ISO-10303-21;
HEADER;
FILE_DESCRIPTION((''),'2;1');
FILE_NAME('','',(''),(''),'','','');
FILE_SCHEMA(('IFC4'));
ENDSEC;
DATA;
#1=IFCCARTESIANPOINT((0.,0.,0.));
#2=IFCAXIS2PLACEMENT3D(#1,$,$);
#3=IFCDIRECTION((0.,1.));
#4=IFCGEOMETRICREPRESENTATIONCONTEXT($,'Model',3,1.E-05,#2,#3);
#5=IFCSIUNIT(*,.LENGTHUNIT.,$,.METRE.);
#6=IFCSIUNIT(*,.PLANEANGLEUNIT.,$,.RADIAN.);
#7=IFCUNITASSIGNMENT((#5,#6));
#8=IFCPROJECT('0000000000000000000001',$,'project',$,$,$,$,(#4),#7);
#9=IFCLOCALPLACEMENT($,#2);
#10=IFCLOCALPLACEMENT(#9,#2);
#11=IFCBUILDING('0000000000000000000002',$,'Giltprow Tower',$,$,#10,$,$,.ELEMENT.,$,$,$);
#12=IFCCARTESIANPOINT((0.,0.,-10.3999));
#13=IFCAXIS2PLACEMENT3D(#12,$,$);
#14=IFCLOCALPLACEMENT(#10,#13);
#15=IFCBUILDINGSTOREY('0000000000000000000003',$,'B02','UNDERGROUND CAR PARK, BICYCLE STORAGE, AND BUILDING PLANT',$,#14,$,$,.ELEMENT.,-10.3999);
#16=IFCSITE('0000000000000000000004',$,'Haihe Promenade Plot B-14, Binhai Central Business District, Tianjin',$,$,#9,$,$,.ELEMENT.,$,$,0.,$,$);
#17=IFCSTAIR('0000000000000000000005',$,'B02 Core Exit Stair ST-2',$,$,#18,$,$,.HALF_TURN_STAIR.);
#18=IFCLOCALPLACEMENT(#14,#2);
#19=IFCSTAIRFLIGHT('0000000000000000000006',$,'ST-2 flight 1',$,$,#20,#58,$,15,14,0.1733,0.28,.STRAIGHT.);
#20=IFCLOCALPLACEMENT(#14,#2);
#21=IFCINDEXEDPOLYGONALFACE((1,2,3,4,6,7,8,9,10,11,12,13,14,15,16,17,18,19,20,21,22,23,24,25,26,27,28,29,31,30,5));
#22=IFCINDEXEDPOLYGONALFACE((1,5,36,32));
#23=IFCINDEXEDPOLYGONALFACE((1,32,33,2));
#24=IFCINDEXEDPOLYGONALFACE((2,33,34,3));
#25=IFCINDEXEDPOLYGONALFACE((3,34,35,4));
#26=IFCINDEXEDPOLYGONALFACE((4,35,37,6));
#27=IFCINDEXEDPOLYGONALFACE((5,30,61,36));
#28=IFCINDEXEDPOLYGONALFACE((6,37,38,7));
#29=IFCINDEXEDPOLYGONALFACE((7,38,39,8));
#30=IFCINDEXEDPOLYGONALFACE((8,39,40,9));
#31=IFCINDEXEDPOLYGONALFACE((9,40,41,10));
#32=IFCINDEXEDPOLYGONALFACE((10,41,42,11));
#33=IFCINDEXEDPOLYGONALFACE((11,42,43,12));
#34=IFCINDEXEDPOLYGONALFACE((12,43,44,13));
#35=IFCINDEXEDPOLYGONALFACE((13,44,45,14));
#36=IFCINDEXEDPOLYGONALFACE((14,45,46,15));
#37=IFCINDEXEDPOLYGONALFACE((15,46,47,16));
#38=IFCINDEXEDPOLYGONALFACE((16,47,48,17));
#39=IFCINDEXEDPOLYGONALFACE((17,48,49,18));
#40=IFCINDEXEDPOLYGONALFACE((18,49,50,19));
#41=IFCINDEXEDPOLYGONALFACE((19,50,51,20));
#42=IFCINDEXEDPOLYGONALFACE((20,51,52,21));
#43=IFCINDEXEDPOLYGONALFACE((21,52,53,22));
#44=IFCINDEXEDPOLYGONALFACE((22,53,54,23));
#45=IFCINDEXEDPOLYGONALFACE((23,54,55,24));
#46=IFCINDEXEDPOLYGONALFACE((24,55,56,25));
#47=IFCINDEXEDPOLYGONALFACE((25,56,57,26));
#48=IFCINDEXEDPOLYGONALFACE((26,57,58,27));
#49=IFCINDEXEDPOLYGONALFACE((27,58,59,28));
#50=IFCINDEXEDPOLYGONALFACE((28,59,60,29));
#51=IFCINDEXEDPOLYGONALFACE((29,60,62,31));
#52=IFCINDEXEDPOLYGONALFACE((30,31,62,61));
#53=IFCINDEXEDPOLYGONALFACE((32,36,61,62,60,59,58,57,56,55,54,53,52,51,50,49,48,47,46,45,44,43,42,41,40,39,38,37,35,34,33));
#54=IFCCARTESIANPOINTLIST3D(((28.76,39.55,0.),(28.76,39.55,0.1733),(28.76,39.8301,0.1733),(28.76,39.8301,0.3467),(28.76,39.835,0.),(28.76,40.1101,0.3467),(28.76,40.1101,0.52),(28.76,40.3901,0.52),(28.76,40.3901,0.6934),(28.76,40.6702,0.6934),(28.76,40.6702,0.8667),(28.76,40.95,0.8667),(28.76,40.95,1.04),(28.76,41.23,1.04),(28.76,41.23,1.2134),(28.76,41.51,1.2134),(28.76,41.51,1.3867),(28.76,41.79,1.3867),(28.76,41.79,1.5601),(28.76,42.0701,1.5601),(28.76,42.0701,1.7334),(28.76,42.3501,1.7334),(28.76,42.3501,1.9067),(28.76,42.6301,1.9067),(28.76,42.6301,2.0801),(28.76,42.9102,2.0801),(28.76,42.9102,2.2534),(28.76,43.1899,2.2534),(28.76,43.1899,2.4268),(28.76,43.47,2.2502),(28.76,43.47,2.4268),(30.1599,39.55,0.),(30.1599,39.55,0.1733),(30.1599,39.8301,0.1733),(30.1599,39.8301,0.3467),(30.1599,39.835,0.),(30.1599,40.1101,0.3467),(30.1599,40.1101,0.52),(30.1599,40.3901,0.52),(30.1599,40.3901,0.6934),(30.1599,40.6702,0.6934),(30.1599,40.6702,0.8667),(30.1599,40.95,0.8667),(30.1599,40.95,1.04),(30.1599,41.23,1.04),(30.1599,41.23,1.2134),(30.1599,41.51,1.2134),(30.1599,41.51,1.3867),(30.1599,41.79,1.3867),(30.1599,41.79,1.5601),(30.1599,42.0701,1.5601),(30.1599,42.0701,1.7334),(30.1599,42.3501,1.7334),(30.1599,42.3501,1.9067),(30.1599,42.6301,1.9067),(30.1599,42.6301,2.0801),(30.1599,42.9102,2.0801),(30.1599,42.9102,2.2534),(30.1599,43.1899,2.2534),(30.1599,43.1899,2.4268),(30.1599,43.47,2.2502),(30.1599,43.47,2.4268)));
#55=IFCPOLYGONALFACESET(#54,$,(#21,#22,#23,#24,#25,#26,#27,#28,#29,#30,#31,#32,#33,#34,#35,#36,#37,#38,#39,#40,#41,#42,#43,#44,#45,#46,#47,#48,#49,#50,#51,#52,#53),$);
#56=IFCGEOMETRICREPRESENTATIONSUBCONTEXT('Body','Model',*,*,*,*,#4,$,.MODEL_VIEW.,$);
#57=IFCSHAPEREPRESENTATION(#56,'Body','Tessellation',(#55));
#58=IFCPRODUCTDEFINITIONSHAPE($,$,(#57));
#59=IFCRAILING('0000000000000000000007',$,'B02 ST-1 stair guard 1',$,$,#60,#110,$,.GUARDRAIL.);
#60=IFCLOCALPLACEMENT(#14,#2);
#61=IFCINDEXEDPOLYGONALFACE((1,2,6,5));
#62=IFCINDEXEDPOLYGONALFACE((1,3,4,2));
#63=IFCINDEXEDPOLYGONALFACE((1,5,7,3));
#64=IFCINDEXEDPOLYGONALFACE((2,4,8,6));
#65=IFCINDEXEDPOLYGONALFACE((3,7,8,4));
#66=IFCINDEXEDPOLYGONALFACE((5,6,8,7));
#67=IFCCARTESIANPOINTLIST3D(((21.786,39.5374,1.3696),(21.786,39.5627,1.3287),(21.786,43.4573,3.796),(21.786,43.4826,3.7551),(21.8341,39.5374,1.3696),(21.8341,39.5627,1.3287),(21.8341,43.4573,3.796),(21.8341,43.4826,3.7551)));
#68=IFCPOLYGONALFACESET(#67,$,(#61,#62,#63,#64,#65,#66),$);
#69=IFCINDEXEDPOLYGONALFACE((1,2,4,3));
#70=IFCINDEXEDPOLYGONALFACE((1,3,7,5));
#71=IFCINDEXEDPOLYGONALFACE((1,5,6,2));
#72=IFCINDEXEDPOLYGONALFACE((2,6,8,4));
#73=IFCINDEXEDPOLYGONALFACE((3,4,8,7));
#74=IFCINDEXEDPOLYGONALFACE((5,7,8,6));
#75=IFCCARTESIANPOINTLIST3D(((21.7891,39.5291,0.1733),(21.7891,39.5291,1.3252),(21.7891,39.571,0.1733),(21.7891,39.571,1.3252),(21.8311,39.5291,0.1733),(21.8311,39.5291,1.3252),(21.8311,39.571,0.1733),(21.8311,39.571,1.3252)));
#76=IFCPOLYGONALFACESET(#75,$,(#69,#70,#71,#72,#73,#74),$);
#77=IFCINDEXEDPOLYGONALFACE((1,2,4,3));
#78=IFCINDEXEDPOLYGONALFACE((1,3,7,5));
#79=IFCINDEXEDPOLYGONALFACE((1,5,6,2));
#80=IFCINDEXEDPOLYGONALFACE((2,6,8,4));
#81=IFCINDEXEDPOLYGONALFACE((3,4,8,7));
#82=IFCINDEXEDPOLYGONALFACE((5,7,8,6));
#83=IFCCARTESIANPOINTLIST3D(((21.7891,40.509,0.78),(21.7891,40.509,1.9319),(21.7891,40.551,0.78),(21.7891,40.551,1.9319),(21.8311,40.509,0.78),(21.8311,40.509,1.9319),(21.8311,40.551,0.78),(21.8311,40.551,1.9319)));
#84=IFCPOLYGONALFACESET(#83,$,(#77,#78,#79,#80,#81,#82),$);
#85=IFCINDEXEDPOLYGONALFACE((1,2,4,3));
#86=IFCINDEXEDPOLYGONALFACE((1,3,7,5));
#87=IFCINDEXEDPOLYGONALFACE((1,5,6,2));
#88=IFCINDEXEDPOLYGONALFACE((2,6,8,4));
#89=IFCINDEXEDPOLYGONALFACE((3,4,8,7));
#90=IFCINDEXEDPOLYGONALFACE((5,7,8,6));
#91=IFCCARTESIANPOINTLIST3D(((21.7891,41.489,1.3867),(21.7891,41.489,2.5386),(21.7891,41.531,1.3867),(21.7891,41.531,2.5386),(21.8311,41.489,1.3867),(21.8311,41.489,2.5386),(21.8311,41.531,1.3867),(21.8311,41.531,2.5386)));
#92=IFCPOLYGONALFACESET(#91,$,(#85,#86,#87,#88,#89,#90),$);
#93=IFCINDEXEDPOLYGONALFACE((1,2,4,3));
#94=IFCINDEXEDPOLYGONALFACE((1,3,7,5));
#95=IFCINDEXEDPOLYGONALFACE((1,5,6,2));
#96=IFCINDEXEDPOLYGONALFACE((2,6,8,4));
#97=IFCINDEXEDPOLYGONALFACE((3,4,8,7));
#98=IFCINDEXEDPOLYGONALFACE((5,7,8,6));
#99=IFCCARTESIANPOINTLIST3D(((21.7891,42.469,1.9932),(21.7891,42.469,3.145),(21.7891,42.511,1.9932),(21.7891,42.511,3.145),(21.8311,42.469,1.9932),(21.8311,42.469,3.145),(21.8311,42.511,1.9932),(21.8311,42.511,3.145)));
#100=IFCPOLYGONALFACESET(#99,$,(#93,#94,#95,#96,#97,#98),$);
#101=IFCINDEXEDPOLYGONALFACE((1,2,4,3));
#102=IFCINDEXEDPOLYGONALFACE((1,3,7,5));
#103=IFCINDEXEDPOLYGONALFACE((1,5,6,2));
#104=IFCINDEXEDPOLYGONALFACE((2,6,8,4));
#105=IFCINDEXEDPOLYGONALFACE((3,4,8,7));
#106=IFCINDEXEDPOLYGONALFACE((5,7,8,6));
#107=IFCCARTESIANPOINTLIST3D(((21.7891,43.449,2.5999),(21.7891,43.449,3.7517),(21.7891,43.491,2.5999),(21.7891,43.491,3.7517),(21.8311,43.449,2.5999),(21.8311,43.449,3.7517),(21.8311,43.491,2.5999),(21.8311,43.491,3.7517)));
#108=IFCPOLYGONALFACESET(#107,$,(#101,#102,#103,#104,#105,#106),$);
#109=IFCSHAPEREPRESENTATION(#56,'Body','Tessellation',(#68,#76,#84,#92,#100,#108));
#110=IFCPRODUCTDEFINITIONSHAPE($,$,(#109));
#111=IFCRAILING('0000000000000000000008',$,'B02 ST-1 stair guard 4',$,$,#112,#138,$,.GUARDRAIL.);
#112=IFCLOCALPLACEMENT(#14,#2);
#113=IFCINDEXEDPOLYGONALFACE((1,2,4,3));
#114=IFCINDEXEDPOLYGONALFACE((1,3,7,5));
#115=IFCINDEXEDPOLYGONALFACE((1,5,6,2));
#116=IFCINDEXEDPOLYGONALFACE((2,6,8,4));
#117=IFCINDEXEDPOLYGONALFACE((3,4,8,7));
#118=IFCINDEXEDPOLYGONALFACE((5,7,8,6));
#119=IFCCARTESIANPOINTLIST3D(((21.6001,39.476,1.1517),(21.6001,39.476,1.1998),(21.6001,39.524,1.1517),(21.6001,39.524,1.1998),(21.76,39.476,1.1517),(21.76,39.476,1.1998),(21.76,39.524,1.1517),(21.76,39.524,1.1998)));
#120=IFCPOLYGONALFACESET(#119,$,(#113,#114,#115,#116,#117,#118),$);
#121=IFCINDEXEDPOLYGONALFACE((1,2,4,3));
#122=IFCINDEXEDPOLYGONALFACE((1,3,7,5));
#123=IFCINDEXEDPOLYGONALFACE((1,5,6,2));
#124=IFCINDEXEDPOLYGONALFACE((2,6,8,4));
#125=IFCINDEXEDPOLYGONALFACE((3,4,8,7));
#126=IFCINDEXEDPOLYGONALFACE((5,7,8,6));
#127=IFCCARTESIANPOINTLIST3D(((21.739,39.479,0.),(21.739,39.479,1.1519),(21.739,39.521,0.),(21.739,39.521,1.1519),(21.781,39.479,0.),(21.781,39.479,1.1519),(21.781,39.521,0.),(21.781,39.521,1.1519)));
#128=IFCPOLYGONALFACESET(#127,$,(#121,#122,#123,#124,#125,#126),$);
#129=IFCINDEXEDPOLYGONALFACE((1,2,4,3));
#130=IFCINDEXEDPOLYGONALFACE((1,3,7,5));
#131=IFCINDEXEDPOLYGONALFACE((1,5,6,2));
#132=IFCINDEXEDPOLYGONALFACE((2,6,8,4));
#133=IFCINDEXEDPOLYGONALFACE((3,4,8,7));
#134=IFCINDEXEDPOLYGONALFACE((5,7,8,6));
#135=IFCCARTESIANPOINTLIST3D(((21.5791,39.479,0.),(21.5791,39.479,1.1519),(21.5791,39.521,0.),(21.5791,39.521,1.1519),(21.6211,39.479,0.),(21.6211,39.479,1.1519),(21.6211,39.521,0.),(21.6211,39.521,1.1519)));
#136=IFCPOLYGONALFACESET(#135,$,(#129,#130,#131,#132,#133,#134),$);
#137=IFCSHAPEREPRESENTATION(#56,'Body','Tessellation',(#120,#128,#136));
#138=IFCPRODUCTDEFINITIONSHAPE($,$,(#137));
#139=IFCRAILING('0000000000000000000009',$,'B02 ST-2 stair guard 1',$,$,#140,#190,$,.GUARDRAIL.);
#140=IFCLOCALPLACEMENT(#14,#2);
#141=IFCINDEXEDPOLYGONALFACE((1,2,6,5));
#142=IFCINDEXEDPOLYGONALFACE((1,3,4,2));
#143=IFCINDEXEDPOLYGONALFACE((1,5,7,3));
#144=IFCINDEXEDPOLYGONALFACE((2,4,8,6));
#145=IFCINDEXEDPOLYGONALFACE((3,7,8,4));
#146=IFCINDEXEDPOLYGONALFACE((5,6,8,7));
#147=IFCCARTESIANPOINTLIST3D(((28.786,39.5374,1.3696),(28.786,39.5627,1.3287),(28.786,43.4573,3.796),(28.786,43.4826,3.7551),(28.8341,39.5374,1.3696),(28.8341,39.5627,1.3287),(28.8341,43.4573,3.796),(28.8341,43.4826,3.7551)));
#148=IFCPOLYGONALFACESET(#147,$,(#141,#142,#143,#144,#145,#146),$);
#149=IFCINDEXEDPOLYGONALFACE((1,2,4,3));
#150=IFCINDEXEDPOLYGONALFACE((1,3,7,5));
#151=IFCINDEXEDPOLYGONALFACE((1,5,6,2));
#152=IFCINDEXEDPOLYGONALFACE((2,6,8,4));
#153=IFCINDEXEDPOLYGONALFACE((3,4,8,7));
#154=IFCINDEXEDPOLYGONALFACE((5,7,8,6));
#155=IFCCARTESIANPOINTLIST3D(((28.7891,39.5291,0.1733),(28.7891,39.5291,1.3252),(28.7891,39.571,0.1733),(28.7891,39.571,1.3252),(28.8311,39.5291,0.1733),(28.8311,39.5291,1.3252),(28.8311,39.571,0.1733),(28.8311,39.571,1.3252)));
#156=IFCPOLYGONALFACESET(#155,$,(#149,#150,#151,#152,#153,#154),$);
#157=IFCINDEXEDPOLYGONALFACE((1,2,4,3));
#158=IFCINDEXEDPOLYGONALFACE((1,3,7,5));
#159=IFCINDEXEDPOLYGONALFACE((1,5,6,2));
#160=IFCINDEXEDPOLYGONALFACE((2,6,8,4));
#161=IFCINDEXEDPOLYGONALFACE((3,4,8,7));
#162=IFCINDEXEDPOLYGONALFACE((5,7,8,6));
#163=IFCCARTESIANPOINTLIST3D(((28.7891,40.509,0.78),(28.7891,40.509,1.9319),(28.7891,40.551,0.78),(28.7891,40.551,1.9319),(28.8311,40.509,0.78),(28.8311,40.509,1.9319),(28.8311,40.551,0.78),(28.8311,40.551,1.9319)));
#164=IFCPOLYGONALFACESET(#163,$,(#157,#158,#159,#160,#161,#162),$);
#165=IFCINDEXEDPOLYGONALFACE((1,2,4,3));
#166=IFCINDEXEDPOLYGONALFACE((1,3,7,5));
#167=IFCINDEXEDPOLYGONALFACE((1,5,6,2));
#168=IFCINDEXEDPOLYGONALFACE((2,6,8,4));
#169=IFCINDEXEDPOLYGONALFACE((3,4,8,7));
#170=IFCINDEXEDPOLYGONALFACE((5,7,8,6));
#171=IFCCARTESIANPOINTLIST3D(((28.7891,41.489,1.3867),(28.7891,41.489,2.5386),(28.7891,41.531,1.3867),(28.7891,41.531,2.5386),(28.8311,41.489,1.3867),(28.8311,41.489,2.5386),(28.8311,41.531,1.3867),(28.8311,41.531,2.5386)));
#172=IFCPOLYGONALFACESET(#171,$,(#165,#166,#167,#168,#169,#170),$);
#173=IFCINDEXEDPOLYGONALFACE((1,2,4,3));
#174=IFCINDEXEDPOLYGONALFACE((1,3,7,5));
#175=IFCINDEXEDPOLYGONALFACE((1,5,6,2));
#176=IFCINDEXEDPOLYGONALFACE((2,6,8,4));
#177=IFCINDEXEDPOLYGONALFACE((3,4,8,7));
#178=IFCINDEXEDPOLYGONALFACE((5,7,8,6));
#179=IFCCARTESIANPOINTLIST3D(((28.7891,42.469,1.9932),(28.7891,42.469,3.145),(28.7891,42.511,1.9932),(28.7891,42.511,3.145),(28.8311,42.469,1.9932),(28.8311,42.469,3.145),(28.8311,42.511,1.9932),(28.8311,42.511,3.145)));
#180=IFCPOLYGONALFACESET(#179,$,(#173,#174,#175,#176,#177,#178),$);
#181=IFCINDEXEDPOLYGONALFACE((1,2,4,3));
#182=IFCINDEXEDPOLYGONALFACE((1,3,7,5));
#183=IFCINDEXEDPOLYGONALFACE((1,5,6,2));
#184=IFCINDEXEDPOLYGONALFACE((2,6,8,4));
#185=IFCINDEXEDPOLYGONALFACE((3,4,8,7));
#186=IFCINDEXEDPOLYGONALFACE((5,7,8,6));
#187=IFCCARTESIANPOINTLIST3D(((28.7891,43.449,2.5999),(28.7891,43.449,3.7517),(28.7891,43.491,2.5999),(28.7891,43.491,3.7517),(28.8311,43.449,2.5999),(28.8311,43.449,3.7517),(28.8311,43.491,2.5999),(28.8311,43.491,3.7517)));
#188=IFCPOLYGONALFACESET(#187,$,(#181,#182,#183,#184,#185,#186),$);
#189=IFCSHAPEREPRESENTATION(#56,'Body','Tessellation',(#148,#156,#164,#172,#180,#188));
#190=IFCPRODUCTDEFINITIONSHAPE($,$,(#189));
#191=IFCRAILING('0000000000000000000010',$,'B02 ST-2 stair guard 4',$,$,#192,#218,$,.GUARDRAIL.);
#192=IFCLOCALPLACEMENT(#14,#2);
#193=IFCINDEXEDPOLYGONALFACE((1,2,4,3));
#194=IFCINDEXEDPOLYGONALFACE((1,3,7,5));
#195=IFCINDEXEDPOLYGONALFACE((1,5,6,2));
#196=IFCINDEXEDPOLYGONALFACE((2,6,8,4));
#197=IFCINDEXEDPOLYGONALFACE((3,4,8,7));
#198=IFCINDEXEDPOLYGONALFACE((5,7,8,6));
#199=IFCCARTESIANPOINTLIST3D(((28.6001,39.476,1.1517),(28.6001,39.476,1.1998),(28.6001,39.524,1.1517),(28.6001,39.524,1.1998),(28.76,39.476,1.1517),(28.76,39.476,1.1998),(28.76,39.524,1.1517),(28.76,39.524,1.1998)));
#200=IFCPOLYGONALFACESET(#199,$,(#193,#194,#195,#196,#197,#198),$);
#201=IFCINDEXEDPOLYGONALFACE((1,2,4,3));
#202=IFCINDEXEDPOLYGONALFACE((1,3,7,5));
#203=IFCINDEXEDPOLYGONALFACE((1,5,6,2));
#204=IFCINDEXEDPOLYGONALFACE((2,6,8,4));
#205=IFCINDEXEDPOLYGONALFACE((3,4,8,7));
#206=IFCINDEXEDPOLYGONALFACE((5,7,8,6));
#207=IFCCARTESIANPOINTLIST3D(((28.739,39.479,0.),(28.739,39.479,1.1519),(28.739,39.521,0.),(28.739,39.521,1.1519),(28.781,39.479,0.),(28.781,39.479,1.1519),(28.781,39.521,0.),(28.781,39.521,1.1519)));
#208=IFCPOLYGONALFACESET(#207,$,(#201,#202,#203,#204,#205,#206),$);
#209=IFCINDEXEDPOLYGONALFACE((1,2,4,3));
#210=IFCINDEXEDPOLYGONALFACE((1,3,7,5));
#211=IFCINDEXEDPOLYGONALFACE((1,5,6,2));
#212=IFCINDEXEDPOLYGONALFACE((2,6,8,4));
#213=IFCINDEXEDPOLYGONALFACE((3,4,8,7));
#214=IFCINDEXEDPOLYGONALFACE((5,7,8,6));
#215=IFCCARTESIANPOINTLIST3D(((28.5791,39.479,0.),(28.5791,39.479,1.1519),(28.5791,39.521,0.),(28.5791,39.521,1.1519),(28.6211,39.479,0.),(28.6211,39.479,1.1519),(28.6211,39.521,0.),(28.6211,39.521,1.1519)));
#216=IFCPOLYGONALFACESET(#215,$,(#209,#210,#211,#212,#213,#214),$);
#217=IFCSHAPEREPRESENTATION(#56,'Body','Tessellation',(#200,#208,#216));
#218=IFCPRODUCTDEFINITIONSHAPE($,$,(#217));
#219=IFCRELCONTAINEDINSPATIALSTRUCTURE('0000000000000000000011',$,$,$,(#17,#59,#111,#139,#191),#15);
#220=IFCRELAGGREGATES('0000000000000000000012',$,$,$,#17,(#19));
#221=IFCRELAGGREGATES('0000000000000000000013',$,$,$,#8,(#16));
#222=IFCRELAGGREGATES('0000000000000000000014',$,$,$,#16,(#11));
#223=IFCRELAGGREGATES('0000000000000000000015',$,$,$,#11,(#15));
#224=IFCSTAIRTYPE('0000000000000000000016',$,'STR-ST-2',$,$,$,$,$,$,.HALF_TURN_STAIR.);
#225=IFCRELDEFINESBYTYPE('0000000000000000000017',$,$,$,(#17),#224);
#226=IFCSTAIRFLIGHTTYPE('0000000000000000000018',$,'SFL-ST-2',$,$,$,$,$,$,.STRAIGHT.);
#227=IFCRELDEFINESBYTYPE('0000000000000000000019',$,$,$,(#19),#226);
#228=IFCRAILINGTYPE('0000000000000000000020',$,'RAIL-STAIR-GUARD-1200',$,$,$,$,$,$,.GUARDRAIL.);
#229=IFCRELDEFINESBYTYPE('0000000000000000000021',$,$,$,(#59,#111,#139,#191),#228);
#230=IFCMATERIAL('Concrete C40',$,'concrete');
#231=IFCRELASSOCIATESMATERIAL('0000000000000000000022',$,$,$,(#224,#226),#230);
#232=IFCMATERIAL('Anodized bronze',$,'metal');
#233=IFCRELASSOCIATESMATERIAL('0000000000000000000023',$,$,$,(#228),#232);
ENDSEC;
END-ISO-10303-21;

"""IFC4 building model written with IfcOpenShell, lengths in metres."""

from ifc_helpers import new_model, si_unit, direction, frame, origin, origin_2d, place, context, subcontext, project, spatial, polyline, rectangle, outline, extrude, material, type_object, element, aggregate, save


model = new_model("IFC4")

# Units and contexts
model_context = context("Model", 3, precision=1e-05, world=origin(), true_north=direction((0.0, 1.0)))
body_context = subcontext(model_context, "Body", "Model", "MODEL_VIEW")
ifc_project = project(units=[si_unit("LENGTHUNIT", "METRE"), si_unit("PLANEANGLEUNIT", "RADIAN")], contexts=[model_context])

# Site, building, storey
site_placement = place(None, origin())
site = spatial("IfcSite", under=ifc_project, at=site_placement, Name="Haihe Promenade Plot B-14, Binhai Central Business District, Tianjin", CompositionType="ELEMENT", RefElevation=0.0)
building_placement = place(site_placement, origin())
building = spatial("IfcBuilding", under=site, at=building_placement, Name="Giltprow Tower", CompositionType="ELEMENT")
storey_placement = place(building_placement, frame((0.0, 0.0, -10.3999)))
storey = spatial("IfcBuildingStorey", under=building, at=storey_placement, Name="B02", Description="UNDERGROUND CAR PARK, BICYCLE STORAGE, AND BUILDING PLANT", CompositionType="ELEMENT", Elevation=-10.3999)

# Shared definitions
ifc_material_1 = material(Name="Concrete C40", Category="concrete")

# Stair, stair flight
stair_type_1 = type_object("IfcStairType", Name="STR-ST-2", PredefinedType="HALF_TURN_STAIR", material=ifc_material_1)
stair_1_placement = place(storey_placement, origin())
stair_1 = element("IfcStair", 1, at=stair_1_placement, inside=storey, type_object=stair_type_1, Name="B02 Core Exit Stair ST-2", PredefinedType="HALF_TURN_STAIR")
stair_flight_type_1 = type_object("IfcStairFlightType", Name="SFL-ST-2", PredefinedType="STRAIGHT", material=ifc_material_1)
stair_flight_1_placement = place(storey_placement, frame((29.46, 39.55, 0.0), z_axis=(0.0, 0.0, 1.0), x_axis=(0.0, 1.0, 0.0)))
stair_flight_1 = element("IfcStairFlight", 2, at=stair_flight_1_placement, type_object=stair_flight_type_1, Name="ST-2 flight 1", NumberOfRisers=15, NumberOfTreads=14, PredefinedType="STRAIGHT", RiserHeight=0.1733, TreadLength=0.28, context=body_context, shape_type="SweptSolid", body=[
    extrude(outline(polyline([(0.0, 0.0), (0.0, 0.1733), (0.28, 0.1733), (0.28, 0.3467), (0.5601, 0.3467), (0.5601, 0.52), (0.8401, 0.52), (0.8401, 0.6934), (1.1201, 0.6934), (1.1201, 0.8667), (1.3999, 0.8667), (1.3999, 1.04), (1.6799, 1.04), (1.6799, 1.2134), (1.96, 1.2134), (1.96, 1.3867), (2.24, 1.3867), (2.24, 1.5601), (2.52, 1.5601), (2.52, 1.7334), (2.8, 1.7334), (2.8, 1.9067), (3.0801, 1.9067), (3.0801, 2.0801), (3.3601, 2.0801), (3.3601, 2.2534), (3.6399, 2.2534), (3.6399, 2.4268), (3.9199, 2.4268), (3.9199, 2.6001), (3.9199, 2.2502), (0.2849, 0.0), (0.0, 0.0)])), frame((0.0, 0.7, 0.0), z_axis=(0.0, -1.0, 0.0), x_axis=(1.0, 0.0, 0.0)), (0.0, 0.0, 1.0), 1.3999),
])
aggregate(stair_1, [stair_flight_1])

# Railings
ifc_material_2 = material(Name="Anodized bronze", Category="metal")
railing_type_1 = type_object("IfcRailingType", Name="RAIL-STAIR-GUARD-1200", PredefinedType="GUARDRAIL", material=ifc_material_2)
railing_1_placement = place(storey_placement, frame((21.8101, 39.55, 0.1733)))
element("IfcRailing", 3, at=railing_1_placement, inside=storey, type_object=railing_type_1, Name="B02 ST-1 stair guard 1", PredefinedType="GUARDRAIL", context=body_context, shape_type="SweptSolid", body=[
    extrude(rectangle(XDim=0.0481, YDim=0.0481, at=origin_2d()), frame((0.0, 0.0, 1.1758), z_axis=(0.0, 0.850275, 0.526338), x_axis=(-1.0, 0.0, 0.0)), (0.0, 0.0, 1.0), 4.6101),
    extrude(rectangle(XDim=0.042, YDim=0.042, at=origin_2d()), origin(), (0.0, 0.0, 1.0), 1.1519),
    extrude(rectangle(XDim=0.042, YDim=0.042, at=origin_2d()), frame((0.0, 0.98, 0.6067)), (0.0, 0.0, 1.0), 1.1519),
    extrude(rectangle(XDim=0.042, YDim=0.042, at=origin_2d()), frame((0.0, 1.96, 1.2134)), (0.0, 0.0, 1.0), 1.1519),
    extrude(rectangle(XDim=0.042, YDim=0.042, at=origin_2d()), frame((0.0, 2.9399, 1.8198)), (0.0, 0.0, 1.0), 1.1519),
    extrude(rectangle(XDim=0.042, YDim=0.042, at=origin_2d()), frame((0.0, 3.9199, 2.4265)), (0.0, 0.0, 1.0), 1.1519),
])
railing_2_placement = place(storey_placement, frame((21.76, 39.5, 0.0)))
element("IfcRailing", 4, at=railing_2_placement, inside=storey, type_object=railing_type_1, Name="B02 ST-1 stair guard 4", PredefinedType="GUARDRAIL", context=body_context, shape_type="SweptSolid", body=[
    extrude(rectangle(XDim=0.0481, YDim=0.0481, at=origin_2d()), frame((0.0, 0.0, 1.1758), z_axis=(-1.0, 0.0, 0.0), x_axis=(0.0, -1.0, 0.0)), (0.0, 0.0, 1.0), 0.1599),
    extrude(rectangle(XDim=0.042, YDim=0.042, at=origin_2d()), origin(), (0.0, 0.0, 1.0), 1.1519),
    extrude(rectangle(XDim=0.042, YDim=0.042, at=origin_2d()), frame((-0.1599, 0.0, 0.0)), (0.0, 0.0, 1.0), 1.1519),
])
railing_3_placement = place(storey_placement, frame((28.8101, 39.55, 0.1733)))
element("IfcRailing", 5, at=railing_3_placement, inside=storey, type_object=railing_type_1, Name="B02 ST-2 stair guard 1", PredefinedType="GUARDRAIL", context=body_context, shape_type="SweptSolid", body=[
    extrude(rectangle(XDim=0.0481, YDim=0.0481, at=origin_2d()), frame((0.0, 0.0, 1.1758), z_axis=(0.0, 0.850275, 0.526338), x_axis=(-1.0, 0.0, 0.0)), (0.0, 0.0, 1.0), 4.6101),
    extrude(rectangle(XDim=0.042, YDim=0.042, at=origin_2d()), origin(), (0.0, 0.0, 1.0), 1.1519),
    extrude(rectangle(XDim=0.042, YDim=0.042, at=origin_2d()), frame((0.0, 0.98, 0.6067)), (0.0, 0.0, 1.0), 1.1519),
    extrude(rectangle(XDim=0.042, YDim=0.042, at=origin_2d()), frame((0.0, 1.96, 1.2134)), (0.0, 0.0, 1.0), 1.1519),
    extrude(rectangle(XDim=0.042, YDim=0.042, at=origin_2d()), frame((0.0, 2.9399, 1.8198)), (0.0, 0.0, 1.0), 1.1519),
    extrude(rectangle(XDim=0.042, YDim=0.042, at=origin_2d()), frame((0.0, 3.9199, 2.4265)), (0.0, 0.0, 1.0), 1.1519),
])
railing_4_placement = place(storey_placement, frame((28.76, 39.5, 0.0)))
element("IfcRailing", 6, at=railing_4_placement, inside=storey, type_object=railing_type_1, Name="B02 ST-2 stair guard 4", PredefinedType="GUARDRAIL", context=body_context, shape_type="SweptSolid", body=[
    extrude(rectangle(XDim=0.0481, YDim=0.0481, at=origin_2d()), frame((0.0, 0.0, 1.1758), z_axis=(-1.0, 0.0, 0.0), x_axis=(0.0, -1.0, 0.0)), (0.0, 0.0, 1.0), 0.1599),
    extrude(rectangle(XDim=0.042, YDim=0.042, at=origin_2d()), origin(), (0.0, 0.0, 1.0), 1.1519),
    extrude(rectangle(XDim=0.042, YDim=0.042, at=origin_2d()), frame((-0.1599, 0.0, 0.0)), (0.0, 0.0, 1.0), 1.1519),
])

save(model, "model.ifc")
